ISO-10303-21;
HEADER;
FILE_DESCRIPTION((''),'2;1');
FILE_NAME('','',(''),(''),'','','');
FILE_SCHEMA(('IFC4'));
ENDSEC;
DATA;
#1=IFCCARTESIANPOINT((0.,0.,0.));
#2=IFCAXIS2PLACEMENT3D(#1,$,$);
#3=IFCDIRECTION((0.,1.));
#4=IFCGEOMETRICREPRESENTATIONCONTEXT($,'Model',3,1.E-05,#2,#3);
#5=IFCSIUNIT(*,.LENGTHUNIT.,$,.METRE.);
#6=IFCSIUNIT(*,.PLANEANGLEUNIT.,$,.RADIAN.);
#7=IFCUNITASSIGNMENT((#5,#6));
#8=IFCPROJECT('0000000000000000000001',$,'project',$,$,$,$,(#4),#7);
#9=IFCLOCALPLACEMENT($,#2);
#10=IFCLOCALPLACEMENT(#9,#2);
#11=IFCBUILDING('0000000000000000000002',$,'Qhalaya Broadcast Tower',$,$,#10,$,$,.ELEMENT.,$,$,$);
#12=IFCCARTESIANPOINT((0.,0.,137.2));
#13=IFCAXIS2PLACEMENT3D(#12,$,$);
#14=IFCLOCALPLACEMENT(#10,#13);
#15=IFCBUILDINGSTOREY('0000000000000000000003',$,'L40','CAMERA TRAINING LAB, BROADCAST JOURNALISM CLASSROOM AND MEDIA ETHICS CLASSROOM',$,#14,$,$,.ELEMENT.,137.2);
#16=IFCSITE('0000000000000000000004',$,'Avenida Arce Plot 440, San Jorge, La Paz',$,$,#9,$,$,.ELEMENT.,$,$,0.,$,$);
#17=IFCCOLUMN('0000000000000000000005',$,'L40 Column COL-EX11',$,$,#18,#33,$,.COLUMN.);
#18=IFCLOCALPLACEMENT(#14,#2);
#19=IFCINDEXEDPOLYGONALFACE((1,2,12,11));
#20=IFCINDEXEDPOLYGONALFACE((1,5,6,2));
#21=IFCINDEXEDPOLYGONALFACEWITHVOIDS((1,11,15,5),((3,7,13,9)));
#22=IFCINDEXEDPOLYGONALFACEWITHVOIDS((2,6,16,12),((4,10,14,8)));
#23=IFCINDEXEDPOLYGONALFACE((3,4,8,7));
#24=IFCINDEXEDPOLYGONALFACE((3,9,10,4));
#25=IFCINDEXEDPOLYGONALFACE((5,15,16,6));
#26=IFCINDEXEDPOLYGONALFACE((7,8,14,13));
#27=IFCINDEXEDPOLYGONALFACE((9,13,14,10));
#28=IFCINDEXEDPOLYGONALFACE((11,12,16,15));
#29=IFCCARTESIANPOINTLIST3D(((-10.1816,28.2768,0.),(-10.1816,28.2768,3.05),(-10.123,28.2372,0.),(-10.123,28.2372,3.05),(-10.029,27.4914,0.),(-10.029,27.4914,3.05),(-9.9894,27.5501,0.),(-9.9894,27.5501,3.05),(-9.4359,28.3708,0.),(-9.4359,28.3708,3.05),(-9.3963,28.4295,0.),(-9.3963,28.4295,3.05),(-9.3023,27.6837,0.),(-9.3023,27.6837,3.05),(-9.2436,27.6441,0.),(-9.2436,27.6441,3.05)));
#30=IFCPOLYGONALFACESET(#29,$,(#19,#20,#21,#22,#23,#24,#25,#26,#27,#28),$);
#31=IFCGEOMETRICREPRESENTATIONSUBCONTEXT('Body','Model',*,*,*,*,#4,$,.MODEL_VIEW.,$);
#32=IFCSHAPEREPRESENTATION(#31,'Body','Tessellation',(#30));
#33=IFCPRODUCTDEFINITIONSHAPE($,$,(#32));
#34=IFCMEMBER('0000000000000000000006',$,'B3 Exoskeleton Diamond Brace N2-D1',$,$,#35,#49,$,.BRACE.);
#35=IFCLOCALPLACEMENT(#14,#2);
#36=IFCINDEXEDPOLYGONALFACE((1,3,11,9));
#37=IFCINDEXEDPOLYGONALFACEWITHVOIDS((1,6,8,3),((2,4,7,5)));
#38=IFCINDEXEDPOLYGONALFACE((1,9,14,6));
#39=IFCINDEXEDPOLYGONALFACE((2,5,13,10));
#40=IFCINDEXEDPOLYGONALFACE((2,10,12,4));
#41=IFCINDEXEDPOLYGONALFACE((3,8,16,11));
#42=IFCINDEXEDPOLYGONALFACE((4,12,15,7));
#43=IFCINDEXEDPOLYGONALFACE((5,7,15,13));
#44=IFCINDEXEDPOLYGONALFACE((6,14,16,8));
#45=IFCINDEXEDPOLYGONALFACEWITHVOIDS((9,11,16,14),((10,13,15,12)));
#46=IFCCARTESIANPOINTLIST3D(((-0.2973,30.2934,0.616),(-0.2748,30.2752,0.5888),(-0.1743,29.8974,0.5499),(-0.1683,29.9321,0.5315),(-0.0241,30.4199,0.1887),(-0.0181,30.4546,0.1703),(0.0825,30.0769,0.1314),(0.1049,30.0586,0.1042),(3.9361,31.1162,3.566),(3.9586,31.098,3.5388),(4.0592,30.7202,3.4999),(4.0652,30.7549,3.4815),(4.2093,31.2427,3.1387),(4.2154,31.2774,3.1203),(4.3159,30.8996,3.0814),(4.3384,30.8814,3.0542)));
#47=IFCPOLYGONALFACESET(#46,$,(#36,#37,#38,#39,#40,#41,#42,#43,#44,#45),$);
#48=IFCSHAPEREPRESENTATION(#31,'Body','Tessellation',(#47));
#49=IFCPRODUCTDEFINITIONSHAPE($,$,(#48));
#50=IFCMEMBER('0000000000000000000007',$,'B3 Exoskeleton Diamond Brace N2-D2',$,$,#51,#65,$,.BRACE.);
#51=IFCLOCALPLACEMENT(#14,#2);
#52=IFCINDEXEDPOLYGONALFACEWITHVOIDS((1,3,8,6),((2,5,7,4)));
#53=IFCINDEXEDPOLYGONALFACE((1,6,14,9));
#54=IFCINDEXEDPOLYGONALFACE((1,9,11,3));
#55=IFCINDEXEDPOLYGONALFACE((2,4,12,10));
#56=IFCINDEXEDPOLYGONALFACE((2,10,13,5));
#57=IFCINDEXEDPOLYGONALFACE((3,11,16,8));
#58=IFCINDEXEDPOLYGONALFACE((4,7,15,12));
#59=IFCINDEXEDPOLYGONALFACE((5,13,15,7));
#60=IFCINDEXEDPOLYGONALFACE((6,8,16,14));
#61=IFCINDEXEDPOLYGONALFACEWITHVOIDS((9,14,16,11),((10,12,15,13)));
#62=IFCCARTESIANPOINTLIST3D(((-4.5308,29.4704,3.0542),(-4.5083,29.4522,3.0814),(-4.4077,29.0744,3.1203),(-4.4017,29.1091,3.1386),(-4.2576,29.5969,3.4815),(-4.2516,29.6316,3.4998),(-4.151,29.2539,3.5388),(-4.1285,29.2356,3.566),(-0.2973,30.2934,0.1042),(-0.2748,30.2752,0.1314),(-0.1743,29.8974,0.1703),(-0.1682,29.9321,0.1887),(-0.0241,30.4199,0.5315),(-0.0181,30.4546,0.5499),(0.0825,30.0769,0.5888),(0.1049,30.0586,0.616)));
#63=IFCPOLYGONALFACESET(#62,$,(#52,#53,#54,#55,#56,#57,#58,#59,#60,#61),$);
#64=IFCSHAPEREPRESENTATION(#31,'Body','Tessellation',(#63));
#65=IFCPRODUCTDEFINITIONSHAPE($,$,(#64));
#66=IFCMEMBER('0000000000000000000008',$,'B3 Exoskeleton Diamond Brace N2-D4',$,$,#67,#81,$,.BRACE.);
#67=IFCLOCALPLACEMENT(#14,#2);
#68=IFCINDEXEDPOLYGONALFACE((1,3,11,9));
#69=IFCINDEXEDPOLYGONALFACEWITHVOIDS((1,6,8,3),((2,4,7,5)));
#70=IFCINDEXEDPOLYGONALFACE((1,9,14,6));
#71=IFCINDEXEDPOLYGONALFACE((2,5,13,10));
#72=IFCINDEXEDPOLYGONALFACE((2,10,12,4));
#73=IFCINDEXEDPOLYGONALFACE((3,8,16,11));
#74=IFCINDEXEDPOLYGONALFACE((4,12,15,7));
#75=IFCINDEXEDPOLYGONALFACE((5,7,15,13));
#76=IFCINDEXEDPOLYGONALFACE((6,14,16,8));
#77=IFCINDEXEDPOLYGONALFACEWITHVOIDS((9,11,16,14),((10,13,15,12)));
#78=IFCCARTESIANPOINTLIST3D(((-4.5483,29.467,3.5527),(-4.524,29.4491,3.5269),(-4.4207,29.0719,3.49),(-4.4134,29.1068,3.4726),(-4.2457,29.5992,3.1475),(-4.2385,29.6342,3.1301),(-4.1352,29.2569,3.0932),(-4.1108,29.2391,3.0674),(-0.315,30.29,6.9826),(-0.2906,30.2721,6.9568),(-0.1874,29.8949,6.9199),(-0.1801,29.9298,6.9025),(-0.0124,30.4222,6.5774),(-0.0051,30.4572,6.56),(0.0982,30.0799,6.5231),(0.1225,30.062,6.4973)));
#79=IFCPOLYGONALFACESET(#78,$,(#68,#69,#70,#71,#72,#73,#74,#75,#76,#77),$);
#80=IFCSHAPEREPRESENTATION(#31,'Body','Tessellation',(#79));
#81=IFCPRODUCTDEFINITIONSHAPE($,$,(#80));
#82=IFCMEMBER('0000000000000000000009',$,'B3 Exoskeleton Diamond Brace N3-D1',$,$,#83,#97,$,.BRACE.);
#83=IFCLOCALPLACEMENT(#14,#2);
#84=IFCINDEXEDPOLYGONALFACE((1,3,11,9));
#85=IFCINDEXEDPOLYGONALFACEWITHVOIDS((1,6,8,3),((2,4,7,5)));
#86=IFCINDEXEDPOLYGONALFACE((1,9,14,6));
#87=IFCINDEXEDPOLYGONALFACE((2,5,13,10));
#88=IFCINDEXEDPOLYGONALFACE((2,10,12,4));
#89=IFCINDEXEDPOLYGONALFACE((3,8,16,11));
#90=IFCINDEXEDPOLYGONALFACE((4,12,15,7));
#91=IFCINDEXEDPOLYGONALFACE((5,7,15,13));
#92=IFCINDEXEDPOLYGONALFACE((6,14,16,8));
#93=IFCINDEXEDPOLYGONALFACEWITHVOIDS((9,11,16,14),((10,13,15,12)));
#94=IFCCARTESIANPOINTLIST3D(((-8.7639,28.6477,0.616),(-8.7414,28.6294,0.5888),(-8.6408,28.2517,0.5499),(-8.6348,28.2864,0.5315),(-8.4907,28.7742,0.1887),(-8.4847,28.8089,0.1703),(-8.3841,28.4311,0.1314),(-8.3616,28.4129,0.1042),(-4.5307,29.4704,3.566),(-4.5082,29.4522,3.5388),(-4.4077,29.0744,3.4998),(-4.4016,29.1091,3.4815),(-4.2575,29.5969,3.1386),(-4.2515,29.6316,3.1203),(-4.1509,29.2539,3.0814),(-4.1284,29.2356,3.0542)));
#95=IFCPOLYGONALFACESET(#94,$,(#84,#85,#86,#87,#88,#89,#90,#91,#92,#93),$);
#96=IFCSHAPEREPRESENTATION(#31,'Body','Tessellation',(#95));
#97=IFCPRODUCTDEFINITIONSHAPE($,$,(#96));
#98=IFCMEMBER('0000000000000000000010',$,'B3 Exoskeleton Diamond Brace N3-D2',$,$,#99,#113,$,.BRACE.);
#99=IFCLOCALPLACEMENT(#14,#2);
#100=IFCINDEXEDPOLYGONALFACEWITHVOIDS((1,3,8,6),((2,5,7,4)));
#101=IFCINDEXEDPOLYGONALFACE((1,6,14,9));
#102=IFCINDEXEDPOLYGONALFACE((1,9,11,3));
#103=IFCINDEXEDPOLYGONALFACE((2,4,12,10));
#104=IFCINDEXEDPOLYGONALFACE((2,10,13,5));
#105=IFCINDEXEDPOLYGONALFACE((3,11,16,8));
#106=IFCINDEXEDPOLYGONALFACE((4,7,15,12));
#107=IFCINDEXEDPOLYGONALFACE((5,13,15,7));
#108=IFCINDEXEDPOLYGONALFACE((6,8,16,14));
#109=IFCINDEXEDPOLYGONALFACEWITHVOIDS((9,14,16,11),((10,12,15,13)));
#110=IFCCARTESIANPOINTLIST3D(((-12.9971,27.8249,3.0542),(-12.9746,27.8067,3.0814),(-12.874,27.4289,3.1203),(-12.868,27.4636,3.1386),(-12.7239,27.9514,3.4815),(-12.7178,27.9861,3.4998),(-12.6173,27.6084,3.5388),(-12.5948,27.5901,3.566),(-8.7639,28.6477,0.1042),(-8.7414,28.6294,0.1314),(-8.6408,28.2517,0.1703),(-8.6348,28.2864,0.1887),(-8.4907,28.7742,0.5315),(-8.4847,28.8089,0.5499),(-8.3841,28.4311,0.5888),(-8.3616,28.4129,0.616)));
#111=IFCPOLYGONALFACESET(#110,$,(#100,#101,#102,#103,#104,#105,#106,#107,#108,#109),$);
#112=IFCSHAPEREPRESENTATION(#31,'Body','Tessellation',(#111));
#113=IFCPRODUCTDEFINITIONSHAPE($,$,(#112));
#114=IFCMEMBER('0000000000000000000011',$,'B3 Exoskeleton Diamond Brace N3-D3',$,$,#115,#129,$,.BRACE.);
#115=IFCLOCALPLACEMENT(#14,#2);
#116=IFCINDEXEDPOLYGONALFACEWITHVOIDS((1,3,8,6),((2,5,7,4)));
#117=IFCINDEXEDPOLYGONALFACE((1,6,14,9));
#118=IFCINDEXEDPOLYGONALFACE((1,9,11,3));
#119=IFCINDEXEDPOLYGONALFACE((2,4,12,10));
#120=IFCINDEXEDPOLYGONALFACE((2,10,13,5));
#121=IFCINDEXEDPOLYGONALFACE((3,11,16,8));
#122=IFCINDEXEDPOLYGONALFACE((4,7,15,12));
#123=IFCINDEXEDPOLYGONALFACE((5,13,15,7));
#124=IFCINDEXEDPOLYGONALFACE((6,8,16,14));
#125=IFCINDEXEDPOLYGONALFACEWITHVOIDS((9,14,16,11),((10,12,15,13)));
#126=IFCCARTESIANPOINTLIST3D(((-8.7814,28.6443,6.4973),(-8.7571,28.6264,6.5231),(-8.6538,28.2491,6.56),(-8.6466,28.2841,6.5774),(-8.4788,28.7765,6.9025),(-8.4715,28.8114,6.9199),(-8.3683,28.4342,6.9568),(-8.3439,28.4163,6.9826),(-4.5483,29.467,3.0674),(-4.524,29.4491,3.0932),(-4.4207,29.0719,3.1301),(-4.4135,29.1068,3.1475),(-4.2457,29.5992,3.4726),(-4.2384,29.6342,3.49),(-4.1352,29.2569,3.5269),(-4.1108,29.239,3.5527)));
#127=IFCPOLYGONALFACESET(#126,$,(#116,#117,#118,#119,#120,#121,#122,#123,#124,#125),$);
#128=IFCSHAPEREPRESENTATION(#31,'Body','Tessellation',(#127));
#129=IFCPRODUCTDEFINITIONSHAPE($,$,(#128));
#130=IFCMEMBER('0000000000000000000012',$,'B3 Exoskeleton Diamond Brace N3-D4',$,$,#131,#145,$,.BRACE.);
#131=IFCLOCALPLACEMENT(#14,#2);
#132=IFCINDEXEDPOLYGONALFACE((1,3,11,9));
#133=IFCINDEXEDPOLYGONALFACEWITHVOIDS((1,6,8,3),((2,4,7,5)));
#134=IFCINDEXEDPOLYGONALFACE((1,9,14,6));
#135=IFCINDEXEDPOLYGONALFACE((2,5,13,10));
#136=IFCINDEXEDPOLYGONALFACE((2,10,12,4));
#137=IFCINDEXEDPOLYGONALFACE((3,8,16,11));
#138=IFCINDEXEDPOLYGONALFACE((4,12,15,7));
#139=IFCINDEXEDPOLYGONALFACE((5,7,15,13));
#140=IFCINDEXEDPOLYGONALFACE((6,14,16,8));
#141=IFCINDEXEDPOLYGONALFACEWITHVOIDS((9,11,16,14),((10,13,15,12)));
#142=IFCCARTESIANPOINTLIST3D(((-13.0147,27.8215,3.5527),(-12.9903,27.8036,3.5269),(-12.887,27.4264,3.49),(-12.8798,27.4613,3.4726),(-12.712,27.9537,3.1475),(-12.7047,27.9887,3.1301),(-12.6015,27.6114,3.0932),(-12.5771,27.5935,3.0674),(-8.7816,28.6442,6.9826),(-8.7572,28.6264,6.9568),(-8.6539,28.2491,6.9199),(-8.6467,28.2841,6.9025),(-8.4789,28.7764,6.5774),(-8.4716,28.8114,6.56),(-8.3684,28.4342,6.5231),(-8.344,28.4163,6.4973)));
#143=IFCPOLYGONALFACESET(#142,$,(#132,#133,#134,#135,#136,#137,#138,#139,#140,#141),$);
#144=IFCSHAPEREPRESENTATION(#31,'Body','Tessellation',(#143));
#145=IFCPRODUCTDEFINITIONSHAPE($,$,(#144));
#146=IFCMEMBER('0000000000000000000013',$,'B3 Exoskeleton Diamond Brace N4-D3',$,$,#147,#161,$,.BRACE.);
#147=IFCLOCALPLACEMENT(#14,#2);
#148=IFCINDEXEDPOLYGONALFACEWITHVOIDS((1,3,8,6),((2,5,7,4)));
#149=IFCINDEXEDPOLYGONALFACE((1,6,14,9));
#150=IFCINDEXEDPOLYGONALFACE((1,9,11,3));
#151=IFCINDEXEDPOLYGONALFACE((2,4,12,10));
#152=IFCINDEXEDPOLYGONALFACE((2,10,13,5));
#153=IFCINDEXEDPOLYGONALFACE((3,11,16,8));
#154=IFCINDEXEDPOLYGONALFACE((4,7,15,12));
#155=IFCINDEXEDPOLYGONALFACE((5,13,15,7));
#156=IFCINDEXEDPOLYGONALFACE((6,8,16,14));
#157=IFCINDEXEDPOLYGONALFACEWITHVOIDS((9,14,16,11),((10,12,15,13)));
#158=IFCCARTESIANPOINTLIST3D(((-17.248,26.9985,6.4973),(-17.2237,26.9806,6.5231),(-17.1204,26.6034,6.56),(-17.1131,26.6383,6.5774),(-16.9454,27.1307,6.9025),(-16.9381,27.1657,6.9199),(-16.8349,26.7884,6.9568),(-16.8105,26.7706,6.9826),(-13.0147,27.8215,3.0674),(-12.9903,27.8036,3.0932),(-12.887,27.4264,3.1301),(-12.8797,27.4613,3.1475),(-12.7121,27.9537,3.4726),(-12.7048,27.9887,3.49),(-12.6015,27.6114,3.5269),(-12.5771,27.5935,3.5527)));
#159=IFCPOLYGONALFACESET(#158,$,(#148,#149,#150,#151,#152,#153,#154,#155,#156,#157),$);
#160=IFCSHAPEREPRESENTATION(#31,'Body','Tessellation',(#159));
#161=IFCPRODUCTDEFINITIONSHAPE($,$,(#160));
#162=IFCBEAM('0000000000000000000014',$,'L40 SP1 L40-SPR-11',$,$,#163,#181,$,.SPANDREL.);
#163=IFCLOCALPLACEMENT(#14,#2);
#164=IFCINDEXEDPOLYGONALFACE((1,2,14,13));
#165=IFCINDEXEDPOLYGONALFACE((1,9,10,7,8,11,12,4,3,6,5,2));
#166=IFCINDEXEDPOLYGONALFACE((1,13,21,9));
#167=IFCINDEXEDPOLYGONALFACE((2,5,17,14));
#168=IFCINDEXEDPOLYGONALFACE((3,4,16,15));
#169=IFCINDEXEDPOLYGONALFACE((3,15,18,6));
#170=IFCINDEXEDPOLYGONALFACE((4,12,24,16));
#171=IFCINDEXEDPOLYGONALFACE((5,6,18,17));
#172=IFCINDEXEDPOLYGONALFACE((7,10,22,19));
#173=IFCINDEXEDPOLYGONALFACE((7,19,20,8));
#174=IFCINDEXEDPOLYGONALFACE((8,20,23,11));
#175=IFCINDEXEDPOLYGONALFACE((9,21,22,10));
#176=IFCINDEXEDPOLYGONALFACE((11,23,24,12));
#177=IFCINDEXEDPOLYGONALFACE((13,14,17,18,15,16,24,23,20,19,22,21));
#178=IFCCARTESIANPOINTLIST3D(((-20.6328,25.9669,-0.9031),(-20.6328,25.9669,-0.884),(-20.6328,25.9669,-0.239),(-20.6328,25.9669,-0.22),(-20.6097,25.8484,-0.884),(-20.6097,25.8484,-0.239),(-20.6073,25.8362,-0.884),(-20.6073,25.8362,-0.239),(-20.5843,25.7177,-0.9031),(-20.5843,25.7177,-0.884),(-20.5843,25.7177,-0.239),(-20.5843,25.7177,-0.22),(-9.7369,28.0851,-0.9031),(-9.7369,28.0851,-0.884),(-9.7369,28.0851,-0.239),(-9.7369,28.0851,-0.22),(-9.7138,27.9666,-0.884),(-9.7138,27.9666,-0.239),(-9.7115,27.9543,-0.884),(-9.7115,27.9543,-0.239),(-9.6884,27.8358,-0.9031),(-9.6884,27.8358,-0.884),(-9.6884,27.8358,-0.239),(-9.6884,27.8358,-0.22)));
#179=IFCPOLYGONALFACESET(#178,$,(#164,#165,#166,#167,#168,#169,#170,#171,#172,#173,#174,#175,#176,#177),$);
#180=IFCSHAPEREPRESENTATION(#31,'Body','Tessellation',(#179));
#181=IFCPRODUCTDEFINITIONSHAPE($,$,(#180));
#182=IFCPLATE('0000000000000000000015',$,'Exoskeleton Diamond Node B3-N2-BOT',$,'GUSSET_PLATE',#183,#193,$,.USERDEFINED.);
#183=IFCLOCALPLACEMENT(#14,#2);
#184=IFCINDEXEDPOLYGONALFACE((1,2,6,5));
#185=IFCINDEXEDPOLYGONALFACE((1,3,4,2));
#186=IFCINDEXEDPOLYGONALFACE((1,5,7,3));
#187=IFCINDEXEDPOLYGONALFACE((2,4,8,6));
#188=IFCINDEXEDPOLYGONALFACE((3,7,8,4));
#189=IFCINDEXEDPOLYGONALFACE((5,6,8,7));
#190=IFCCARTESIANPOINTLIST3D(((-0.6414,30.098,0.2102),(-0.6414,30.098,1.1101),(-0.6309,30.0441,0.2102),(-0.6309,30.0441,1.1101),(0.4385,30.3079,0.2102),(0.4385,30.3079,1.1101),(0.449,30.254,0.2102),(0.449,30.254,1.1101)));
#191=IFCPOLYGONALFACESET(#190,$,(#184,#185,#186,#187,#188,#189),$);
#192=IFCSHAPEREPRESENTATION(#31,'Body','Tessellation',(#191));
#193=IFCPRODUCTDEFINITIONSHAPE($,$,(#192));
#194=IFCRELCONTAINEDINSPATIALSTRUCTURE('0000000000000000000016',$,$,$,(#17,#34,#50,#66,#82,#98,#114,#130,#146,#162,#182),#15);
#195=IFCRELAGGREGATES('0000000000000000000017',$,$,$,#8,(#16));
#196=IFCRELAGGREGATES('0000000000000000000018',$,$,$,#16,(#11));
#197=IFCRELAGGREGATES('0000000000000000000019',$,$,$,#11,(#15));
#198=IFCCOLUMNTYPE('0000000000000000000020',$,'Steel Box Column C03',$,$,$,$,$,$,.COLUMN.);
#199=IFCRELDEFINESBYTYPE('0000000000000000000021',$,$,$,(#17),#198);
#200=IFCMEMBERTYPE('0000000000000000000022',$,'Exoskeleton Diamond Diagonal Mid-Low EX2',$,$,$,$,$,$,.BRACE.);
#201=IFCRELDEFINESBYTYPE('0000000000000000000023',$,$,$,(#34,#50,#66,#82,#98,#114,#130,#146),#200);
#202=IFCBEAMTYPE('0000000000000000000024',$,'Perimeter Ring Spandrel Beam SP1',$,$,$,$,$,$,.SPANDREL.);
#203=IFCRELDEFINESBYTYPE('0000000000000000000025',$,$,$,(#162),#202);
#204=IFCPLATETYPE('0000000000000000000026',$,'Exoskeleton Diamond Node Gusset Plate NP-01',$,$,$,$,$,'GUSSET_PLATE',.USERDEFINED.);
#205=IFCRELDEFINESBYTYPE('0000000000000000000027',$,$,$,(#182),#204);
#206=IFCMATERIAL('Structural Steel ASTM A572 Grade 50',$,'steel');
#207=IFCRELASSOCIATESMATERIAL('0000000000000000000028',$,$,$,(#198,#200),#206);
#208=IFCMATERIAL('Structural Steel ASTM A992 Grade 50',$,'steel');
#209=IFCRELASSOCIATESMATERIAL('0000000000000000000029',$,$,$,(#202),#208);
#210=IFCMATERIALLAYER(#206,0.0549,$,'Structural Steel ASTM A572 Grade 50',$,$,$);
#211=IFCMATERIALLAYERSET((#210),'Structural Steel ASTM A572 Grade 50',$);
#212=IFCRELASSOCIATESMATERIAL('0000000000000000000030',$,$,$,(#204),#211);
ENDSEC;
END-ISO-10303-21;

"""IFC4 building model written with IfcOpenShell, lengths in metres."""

from ifc_helpers import new_model, si_unit, direction, frame, origin, origin_2d, place, context, subcontext, project, spatial, rectangle, hollow_rectangle, i_section, extrude, material, layer, layer_set, material_profile, profile_set, type_object, element, save


model = new_model("IFC4")

# Units and contexts
model_context = context("Model", 3, precision=1e-05, world=origin(), true_north=direction((0.0, 1.0)))
body_context = subcontext(model_context, "Body", "Model", "MODEL_VIEW")
ifc_project = project(units=[si_unit("LENGTHUNIT", "METRE"), si_unit("PLANEANGLEUNIT", "RADIAN")], contexts=[model_context])

# Site, building, storey
site_placement = place(None, origin())
site = spatial("IfcSite", under=ifc_project, at=site_placement, Name="Avenida Arce Plot 440, San Jorge, La Paz", CompositionType="ELEMENT", RefElevation=0.0)
building_placement = place(site_placement, origin())
building = spatial("IfcBuilding", under=site, at=building_placement, Name="Qhalaya Broadcast Tower", CompositionType="ELEMENT")
storey_placement = place(building_placement, frame((0.0, 0.0, 137.2)))
storey = spatial("IfcBuildingStorey", under=building, at=storey_placement, Name="L40", Description="CAMERA TRAINING LAB, BROADCAST JOURNALISM CLASSROOM AND MEDIA ETHICS CLASSROOM", CompositionType="ELEMENT", Elevation=137.2)

# Column
ifc_material_1 = material(Name="Structural Steel ASTM A572 Grade 50", Category="steel")
ifc_material_profile_1 = material_profile(ifc_material_1, hollow_rectangle(XDim=0.8, YDim=0.8, WallThickness=0.05, at=origin_2d()), Name="BOX 800x800x50")
ifc_profile_set_1 = profile_set([ifc_material_profile_1], Name="Structural Steel ASTM A572 Grade 50")
column_type = type_object("IfcColumnType", Name="Steel Box Column C03", PredefinedType="COLUMN", material=ifc_profile_set_1)
column_placement = place(storey_placement, frame((-9.7126, 27.9604, 0.0), z_axis=(0.0, 0.0, 1.0), x_axis=(0.981627, 0.190809, 0.0)))
element("IfcColumn", 1, at=column_placement, inside=storey, type_object=column_type, Name="L40 Column COL-EX11", PredefinedType="COLUMN", context=body_context, shape_type="SweptSolid", body=[
    extrude(hollow_rectangle(XDim=0.8, YDim=0.8, WallThickness=0.05, at=origin_2d()), origin(), (0.0, 0.0, 1.0), 3.05),
])

# Members
ifc_material_profile_2 = material_profile(ifc_material_1, hollow_rectangle(XDim=0.4199, YDim=0.55, WallThickness=0.0281, at=origin_2d()), Name="BOX 420x550x28")
ifc_profile_set_2 = profile_set([ifc_material_profile_2], Name="Structural Steel ASTM A572 Grade 50")
member_type = type_object("IfcMemberType", Name="Exoskeleton Diamond Diagonal Mid-Low EX2", PredefinedType="BRACE", material=ifc_profile_set_2)
for number, where, z_axis, x_axis, name in (
    (2, (-0.0962, 30.176, 0.3601), (0.810217, 0.157464, 0.564582), (-0.293022, 0.943046, 0.157489), "B3 Exoskeleton Diamond Brace N2-D1"),
    (3, (-0.0962, 30.176, 0.3601), (-0.810211, -0.15751, 0.564578), (0.293074, -0.943029, 0.15749), "B3 Exoskeleton Diamond Brace N2-D2"),
):
    element("IfcMember", number, at=place(storey_placement, frame(where, z_axis=z_axis, x_axis=x_axis)), inside=storey, type_object=member_type, Name=name, PredefinedType="BRACE", context=body_context, shape_type="SweptSolid", body=[
        extrude(hollow_rectangle(XDim=0.4199, YDim=0.55, WallThickness=0.0281, at=origin_2d()), origin(), (0.0, 0.0, 1.0), 5.2251),
    ])
member_1_placement = place(storey_placement, frame((-4.3296, 29.353, 3.3101), z_axis=(0.76827, 0.149356, 0.622458), x_axis=(-0.303915, 0.940922, 0.149337)))
element("IfcMember", 4, at=member_1_placement, inside=storey, type_object=member_type, Name="B3 Exoskeleton Diamond Brace N2-D4", PredefinedType="BRACE", context=body_context, shape_type="SweptSolid", body=[
    extrude(hollow_rectangle(XDim=0.4199, YDim=0.55, WallThickness=0.0281, at=origin_2d()), origin(), (0.0, 0.0, 1.0), 5.5103),
])
for number, where, z_axis, x_axis, name in (
    (5, (-8.5627, 28.5303, 0.3601), (0.810201, 0.15747, 0.564604), (-0.293037, 0.943042, 0.157487), "B3 Exoskeleton Diamond Brace N3-D1"),
    (6, (-8.5627, 28.5303, 0.3601), (-0.810201, -0.15747, 0.564604), (0.293037, -0.943042, 0.157487), "B3 Exoskeleton Diamond Brace N3-D2"),
):
    element("IfcMember", number, at=place(storey_placement, frame(where, z_axis=z_axis, x_axis=x_axis)), inside=storey, type_object=member_type, Name=name, PredefinedType="BRACE", context=body_context, shape_type="SweptSolid", body=[
        extrude(hollow_rectangle(XDim=0.4199, YDim=0.55, WallThickness=0.0281, at=origin_2d()), origin(), (0.0, 0.0, 1.0), 5.2249),
    ])
for number, where, z_axis, x_axis, name in (
    (7, (-4.3296, 29.353, 3.3101), (-0.768257, -0.149318, 0.622483), (0.303878, -0.940935, 0.149333), "B3 Exoskeleton Diamond Brace N3-D3"),
    (8, (-12.7959, 27.7075, 3.3101), (0.768257, 0.149318, 0.622483), (-0.303878, 0.940935, 0.149333), "B3 Exoskeleton Diamond Brace N3-D4"),
):
    element("IfcMember", number, at=place(storey_placement, frame(where, z_axis=z_axis, x_axis=x_axis)), inside=storey, type_object=member_type, Name=name, PredefinedType="BRACE", context=body_context, shape_type="SweptSolid", body=[
        extrude(hollow_rectangle(XDim=0.4199, YDim=0.55, WallThickness=0.0281, at=origin_2d()), origin(), (0.0, 0.0, 1.0), 5.51),
    ])
member_2_placement = place(storey_placement, frame((-12.7959, 27.7075, 3.3101), z_axis=(-0.76827, -0.149356, 0.622458), x_axis=(0.303915, -0.940922, 0.149337)))
element("IfcMember", 9, at=member_2_placement, inside=storey, type_object=member_type, Name="B3 Exoskeleton Diamond Brace N4-D3", PredefinedType="BRACE", context=body_context, shape_type="SweptSolid", body=[
    extrude(hollow_rectangle(XDim=0.4199, YDim=0.55, WallThickness=0.0281, at=origin_2d()), origin(), (0.0, 0.0, 1.0), 5.5103),
])

# Beam
ifc_material_2 = material(Name="Structural Steel ASTM A992 Grade 50", Category="steel")
ifc_material_profile_3 = material_profile(ifc_material_2, i_section(OverallWidth=0.2539, OverallDepth=0.6831, WebThickness=0.0125, FlangeThickness=0.019, at=origin_2d()), Name="W27X94")
ifc_profile_set_3 = profile_set([ifc_material_profile_3], Name="Structural Steel ASTM A992 Grade 50")
beam_type = type_object("IfcBeamType", Name="Perimeter Ring Spandrel Beam SP1", PredefinedType="SPANDREL", material=ifc_profile_set_3)
beam_placement = place(storey_placement, frame((-9.7126, 27.9604, -0.5615), z_axis=(-0.981624, -0.190826, 0.0), x_axis=(0.190826, -0.981624, 0.0)))
element("IfcBeam", 10, at=beam_placement, inside=storey, type_object=beam_type, Name="L40 SP1 L40-SPR-11", PredefinedType="SPANDREL", context=body_context, shape_type="SweptSolid", body=[
    extrude(i_section(OverallWidth=0.2539, OverallDepth=0.6831, WebThickness=0.0125, FlangeThickness=0.019, at=origin_2d()), origin(), (0.0, 0.0, 1.0), 11.0999),
])

# Plate
ifc_layer_1 = layer(ifc_material_1, 0.0549, Name="Structural Steel ASTM A572 Grade 50")
ifc_layer_set_1 = layer_set([ifc_layer_1], Name="Structural Steel ASTM A572 Grade 50")
plate_type_1 = type_object("IfcPlateType", Name="Exoskeleton Diamond Node Gusset Plate NP-01", ElementType="GUSSET_PLATE", PredefinedType="USERDEFINED", material=ifc_layer_set_1)
for number, where, z_axis, x_axis, name in (
    (11, (-0.0962, 30.176, 0.2102), (0.0, 0.0, 1.0), (0.981627, 0.190809, 0.0), "Exoskeleton Diamond Node B3-N2-BOT"),
):
    element("IfcPlate", number, at=place(storey_placement, frame(where, z_axis=z_axis, x_axis=x_axis)), inside=storey, type_object=plate_type_1, Name=name, ObjectType="GUSSET_PLATE", PredefinedType="USERDEFINED", context=body_context, shape_type="SweptSolid", body=[
        extrude(rectangle(XDim=1.1001, YDim=0.0549, at=origin_2d()), origin(), (0.0, 0.0, 1.0), 0.8999),
    ])

save(model, "model.ifc")
